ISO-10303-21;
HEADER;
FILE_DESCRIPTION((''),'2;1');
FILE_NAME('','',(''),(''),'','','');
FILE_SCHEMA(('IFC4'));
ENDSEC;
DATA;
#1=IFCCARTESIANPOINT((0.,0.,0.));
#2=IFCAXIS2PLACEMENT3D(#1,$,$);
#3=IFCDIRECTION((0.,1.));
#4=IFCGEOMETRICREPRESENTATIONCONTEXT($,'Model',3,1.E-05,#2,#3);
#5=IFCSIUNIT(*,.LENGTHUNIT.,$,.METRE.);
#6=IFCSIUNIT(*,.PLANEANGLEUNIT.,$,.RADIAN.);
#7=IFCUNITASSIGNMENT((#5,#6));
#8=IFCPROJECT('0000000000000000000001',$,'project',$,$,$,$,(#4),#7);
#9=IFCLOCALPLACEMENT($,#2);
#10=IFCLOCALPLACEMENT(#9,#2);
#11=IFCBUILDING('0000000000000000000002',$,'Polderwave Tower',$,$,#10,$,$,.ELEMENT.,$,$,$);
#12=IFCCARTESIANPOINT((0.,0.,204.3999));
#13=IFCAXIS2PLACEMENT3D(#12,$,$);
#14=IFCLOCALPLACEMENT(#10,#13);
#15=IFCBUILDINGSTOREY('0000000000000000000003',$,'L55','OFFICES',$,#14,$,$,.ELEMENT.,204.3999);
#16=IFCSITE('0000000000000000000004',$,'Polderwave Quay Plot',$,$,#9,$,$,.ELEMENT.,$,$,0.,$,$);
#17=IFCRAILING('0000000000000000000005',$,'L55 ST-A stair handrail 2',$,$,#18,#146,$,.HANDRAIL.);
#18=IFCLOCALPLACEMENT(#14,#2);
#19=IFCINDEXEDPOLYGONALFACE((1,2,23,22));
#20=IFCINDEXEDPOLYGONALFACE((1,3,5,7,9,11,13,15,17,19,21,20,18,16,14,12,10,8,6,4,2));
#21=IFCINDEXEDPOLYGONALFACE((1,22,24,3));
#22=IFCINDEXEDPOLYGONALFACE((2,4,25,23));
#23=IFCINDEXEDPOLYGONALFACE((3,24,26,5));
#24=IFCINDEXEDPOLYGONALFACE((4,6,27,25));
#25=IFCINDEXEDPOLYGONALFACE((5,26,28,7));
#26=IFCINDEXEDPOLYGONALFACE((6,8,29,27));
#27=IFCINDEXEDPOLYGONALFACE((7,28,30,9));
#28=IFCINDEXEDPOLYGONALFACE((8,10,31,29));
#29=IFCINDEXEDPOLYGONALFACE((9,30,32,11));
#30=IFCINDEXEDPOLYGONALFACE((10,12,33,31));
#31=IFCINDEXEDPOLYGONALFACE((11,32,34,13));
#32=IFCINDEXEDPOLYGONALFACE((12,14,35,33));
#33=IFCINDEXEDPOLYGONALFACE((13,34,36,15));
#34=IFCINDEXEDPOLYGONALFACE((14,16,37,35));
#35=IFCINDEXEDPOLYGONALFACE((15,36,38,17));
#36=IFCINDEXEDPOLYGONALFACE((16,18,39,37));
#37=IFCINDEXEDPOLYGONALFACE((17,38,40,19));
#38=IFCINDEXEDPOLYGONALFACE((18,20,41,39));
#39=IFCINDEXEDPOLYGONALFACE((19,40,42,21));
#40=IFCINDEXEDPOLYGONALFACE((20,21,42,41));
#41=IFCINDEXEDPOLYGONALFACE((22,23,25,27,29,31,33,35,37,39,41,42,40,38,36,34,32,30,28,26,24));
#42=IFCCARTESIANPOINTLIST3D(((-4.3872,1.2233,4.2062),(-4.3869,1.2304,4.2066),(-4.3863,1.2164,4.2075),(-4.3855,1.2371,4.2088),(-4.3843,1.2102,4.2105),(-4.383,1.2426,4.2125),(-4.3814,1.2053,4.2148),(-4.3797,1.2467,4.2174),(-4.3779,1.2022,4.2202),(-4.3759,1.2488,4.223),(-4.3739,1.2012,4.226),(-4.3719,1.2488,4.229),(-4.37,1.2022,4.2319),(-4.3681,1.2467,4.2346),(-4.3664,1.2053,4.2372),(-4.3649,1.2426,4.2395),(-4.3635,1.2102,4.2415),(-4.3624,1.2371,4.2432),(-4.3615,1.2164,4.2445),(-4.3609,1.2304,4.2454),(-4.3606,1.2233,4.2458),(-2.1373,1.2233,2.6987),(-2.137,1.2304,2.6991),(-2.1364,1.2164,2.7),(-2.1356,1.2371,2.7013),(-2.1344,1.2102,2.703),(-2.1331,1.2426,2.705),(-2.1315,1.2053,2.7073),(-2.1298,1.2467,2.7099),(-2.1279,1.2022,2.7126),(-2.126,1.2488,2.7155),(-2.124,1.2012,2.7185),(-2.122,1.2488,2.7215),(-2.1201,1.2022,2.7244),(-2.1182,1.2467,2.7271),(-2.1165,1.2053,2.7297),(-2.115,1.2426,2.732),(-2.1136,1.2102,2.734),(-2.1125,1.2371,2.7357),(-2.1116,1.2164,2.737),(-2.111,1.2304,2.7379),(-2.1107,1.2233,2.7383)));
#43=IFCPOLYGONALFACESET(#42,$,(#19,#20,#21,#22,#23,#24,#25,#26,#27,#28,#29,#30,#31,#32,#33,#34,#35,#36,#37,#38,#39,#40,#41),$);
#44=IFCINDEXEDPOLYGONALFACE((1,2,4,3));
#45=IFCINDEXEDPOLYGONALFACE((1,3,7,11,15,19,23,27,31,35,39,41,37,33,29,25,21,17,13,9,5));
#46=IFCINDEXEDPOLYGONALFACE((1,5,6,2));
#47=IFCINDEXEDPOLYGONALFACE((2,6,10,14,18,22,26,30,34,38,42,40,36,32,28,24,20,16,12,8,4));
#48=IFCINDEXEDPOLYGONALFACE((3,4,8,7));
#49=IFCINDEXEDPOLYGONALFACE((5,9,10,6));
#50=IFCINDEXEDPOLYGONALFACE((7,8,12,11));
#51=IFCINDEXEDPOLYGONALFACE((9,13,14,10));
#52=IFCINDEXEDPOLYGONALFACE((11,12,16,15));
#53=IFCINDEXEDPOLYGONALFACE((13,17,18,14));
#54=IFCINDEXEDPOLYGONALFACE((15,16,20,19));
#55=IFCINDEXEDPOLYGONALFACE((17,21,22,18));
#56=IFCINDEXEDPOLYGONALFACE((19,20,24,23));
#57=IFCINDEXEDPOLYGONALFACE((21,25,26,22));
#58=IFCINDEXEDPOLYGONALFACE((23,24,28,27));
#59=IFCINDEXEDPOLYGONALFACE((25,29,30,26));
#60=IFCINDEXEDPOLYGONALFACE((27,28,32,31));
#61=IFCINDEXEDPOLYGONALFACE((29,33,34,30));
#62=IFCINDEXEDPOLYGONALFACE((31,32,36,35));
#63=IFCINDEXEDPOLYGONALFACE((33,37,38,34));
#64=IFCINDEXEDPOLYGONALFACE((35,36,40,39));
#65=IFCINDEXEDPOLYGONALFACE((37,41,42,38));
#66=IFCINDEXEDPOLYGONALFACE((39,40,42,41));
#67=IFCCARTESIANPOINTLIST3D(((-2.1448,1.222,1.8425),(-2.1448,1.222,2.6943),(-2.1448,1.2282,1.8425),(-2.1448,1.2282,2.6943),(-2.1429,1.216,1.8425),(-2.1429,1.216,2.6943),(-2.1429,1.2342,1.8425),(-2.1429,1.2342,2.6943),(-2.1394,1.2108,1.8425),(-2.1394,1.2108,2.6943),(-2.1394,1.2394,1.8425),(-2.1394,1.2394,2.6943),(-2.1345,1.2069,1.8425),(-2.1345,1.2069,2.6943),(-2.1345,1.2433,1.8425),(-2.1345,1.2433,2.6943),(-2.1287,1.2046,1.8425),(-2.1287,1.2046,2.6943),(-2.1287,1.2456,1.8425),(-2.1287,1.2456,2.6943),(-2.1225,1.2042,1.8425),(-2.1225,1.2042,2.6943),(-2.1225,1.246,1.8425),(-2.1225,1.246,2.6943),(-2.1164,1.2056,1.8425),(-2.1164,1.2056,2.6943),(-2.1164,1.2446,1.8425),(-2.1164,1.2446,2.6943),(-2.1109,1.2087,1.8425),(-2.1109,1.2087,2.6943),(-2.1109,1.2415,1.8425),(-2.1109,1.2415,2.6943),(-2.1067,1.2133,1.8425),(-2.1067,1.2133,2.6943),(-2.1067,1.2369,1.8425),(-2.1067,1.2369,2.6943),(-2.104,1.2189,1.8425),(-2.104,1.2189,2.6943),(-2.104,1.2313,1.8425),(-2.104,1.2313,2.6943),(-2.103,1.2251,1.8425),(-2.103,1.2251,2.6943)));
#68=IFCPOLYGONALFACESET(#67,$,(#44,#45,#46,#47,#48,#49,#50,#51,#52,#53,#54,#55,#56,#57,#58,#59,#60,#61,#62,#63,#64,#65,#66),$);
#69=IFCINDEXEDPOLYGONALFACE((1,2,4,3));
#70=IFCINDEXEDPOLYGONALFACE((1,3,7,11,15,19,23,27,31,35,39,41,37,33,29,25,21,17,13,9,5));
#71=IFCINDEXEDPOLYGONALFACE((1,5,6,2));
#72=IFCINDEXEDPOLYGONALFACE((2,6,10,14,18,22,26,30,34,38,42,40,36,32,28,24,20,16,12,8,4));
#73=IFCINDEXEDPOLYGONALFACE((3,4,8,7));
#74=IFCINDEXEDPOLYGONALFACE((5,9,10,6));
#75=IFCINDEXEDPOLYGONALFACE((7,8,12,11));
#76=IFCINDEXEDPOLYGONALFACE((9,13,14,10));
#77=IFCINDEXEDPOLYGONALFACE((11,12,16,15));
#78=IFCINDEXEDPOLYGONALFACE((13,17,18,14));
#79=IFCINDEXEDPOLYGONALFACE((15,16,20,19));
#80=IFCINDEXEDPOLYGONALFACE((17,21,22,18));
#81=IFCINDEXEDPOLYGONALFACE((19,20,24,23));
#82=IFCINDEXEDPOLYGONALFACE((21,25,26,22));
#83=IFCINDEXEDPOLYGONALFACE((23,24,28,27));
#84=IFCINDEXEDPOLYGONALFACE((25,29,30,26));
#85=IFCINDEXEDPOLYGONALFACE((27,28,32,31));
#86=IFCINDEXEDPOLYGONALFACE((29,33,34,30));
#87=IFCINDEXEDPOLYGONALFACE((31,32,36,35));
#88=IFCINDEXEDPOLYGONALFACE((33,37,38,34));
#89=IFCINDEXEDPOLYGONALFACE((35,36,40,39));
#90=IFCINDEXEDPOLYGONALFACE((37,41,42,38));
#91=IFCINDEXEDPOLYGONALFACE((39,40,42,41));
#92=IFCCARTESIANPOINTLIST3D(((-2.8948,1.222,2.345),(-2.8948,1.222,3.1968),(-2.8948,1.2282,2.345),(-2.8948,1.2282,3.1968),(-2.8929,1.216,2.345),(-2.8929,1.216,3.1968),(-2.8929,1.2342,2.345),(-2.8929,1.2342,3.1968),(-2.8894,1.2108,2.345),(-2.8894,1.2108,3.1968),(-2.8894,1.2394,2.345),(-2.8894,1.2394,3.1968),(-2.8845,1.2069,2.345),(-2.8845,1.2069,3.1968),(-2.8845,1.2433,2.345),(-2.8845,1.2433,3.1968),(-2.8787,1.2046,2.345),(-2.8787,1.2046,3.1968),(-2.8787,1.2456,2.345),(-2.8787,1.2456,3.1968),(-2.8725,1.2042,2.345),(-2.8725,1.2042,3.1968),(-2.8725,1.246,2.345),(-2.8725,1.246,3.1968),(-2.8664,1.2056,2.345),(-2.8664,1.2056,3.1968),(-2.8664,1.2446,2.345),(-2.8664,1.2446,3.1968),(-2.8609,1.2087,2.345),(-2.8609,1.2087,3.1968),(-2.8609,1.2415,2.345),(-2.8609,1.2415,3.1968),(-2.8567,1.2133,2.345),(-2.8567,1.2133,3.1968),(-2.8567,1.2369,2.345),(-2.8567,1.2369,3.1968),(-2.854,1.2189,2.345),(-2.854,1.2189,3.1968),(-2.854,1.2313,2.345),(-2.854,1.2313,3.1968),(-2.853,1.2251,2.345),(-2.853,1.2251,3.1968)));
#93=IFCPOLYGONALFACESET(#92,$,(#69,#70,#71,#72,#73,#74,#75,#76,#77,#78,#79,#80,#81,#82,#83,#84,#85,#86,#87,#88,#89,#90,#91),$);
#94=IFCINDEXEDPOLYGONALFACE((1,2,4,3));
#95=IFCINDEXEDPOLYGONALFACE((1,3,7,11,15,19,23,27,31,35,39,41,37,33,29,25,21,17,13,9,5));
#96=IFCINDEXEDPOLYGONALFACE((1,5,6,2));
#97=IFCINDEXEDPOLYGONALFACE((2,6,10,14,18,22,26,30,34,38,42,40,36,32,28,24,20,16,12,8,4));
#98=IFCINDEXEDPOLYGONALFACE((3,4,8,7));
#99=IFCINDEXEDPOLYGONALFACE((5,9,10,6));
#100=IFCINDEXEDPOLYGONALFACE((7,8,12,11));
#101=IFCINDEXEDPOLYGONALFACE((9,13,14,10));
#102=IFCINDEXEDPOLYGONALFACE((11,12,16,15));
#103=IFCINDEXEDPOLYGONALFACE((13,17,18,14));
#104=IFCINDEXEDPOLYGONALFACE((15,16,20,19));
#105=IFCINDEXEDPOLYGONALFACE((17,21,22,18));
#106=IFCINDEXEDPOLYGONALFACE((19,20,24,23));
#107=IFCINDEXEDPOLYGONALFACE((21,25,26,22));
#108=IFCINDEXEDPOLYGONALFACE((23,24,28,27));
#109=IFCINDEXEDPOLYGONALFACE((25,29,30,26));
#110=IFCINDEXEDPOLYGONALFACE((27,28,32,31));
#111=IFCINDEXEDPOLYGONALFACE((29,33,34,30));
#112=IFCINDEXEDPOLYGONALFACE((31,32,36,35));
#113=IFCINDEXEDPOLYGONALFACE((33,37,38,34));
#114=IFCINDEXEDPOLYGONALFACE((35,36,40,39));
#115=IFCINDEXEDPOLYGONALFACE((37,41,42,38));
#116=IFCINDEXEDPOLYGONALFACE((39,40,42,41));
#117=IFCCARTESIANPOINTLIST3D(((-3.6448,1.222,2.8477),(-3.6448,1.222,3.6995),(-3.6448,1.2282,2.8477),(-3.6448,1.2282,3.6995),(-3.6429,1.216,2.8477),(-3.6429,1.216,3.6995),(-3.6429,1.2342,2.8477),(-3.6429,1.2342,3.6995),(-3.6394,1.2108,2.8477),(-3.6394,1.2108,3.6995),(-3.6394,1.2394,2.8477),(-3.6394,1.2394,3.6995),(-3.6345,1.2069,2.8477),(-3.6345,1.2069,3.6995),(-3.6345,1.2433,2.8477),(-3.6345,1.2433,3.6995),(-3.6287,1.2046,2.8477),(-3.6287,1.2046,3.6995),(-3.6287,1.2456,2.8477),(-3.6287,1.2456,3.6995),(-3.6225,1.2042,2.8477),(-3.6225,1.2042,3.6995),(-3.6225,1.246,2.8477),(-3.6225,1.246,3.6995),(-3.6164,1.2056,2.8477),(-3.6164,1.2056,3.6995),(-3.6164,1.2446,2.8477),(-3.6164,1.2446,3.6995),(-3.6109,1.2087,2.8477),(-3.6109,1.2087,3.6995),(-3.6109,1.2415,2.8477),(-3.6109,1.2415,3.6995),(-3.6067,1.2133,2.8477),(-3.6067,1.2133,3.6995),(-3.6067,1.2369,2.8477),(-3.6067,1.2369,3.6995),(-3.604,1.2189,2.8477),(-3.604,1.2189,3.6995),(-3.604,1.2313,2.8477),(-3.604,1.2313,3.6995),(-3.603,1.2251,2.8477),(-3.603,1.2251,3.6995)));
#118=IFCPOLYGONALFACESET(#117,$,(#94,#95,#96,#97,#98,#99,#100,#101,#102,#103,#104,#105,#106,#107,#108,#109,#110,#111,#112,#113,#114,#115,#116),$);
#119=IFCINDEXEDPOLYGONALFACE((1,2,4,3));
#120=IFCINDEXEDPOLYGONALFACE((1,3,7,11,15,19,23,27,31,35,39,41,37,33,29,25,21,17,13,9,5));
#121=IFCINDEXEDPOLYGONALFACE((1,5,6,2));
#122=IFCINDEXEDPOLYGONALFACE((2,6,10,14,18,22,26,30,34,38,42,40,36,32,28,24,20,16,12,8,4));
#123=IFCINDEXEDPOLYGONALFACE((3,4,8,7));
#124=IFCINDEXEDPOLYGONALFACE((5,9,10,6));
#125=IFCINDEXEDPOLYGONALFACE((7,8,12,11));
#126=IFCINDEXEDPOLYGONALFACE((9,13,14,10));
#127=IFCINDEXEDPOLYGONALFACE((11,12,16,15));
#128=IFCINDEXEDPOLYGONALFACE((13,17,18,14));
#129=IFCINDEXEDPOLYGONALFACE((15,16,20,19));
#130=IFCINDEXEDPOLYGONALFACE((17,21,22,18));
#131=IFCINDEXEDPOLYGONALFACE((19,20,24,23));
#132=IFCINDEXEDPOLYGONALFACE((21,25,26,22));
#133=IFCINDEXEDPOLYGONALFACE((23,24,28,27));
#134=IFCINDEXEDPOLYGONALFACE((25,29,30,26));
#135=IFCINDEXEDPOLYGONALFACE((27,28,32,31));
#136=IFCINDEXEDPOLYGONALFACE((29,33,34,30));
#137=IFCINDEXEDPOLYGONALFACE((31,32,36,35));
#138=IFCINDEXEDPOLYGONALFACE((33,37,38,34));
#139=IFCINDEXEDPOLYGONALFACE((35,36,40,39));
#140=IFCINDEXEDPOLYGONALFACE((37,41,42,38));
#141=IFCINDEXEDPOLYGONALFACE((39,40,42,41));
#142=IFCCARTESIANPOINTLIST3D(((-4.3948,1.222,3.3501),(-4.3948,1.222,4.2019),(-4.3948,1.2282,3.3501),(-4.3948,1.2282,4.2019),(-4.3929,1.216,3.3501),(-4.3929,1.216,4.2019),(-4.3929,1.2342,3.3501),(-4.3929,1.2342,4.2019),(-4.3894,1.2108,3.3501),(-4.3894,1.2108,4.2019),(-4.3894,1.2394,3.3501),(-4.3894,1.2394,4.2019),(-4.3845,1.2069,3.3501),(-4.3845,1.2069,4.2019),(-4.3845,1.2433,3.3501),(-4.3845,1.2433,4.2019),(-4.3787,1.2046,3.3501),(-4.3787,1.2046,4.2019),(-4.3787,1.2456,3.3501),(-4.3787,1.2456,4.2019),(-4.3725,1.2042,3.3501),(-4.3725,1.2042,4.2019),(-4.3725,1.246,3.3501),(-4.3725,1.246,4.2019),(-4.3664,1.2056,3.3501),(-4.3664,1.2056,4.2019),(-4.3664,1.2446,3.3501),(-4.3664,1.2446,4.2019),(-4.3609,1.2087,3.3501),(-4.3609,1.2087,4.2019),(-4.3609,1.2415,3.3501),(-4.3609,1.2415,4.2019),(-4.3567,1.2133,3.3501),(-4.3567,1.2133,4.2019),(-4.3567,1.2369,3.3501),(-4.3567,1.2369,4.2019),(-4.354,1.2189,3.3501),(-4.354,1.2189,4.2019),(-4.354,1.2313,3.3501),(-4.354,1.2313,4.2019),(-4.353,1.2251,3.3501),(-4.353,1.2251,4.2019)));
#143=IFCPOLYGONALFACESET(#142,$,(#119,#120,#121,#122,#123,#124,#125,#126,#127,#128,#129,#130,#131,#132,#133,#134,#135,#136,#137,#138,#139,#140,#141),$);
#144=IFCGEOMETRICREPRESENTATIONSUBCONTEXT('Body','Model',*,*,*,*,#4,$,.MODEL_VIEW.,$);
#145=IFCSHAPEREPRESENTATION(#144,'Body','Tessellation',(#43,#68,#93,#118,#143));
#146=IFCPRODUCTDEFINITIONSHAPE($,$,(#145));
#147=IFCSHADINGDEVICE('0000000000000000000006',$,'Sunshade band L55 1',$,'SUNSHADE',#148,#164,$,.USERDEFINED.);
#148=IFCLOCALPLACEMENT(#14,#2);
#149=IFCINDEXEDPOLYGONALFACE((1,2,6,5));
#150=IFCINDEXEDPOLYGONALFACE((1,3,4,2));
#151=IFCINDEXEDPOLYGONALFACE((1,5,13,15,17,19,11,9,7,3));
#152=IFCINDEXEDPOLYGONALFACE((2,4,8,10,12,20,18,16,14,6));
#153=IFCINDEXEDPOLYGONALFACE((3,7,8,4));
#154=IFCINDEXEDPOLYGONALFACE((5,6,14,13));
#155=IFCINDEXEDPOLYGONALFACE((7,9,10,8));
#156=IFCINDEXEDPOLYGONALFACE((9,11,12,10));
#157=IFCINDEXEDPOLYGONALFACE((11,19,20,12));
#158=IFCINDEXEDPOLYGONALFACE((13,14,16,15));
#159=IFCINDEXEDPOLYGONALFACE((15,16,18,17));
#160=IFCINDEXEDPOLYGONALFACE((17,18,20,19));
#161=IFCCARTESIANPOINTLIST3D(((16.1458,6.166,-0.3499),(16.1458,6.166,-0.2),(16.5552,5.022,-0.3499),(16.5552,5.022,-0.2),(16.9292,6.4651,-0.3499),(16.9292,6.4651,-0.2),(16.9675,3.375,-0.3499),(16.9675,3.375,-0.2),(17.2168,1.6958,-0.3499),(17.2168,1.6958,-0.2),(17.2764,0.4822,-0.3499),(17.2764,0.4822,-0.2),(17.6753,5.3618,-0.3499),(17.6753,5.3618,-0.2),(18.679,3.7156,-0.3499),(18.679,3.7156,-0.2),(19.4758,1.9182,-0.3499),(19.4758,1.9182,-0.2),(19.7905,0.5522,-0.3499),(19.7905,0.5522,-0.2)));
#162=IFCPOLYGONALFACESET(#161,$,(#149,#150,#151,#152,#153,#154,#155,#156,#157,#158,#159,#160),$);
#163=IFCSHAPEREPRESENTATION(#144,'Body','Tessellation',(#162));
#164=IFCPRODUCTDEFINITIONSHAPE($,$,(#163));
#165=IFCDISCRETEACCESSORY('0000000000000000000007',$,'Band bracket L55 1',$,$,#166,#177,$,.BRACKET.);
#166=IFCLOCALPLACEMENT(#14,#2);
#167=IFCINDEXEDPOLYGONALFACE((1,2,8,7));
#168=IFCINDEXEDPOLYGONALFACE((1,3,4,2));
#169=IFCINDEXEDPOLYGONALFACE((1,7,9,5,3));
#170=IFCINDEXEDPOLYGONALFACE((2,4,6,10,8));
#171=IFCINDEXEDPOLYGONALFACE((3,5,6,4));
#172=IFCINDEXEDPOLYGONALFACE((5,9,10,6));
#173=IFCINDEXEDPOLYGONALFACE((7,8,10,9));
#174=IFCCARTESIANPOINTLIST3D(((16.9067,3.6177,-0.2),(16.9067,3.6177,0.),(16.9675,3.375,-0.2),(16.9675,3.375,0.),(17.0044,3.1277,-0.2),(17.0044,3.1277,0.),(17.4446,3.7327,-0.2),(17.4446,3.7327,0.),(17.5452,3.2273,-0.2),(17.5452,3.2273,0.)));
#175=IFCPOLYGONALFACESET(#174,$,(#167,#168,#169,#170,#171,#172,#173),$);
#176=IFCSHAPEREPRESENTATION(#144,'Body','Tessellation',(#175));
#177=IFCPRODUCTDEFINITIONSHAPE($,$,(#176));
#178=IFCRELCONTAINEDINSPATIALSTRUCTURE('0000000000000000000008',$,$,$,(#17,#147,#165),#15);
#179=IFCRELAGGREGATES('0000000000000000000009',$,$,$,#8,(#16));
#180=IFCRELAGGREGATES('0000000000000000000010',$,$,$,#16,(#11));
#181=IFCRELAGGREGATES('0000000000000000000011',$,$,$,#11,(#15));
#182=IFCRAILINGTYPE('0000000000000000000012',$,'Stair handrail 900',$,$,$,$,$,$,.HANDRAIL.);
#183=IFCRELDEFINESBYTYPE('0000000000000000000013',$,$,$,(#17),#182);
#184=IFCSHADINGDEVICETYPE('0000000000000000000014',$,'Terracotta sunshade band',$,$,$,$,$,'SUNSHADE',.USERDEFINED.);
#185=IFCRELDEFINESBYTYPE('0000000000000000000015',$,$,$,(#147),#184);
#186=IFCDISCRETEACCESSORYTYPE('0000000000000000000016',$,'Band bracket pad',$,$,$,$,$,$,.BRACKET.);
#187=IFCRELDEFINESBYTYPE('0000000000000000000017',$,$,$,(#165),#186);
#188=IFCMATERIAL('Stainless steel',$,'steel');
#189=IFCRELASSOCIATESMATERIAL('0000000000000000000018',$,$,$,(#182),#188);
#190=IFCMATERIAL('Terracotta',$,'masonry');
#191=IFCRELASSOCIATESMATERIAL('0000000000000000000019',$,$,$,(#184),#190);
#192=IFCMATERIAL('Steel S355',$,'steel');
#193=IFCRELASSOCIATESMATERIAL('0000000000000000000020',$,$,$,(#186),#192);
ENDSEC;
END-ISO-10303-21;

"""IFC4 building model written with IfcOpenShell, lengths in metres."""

from ifc_helpers import new_model, si_unit, direction, frame, origin, origin_2d, place, context, subcontext, project, spatial, polyline, circle, outline, extrude, material, type_object, element, save


model = new_model("IFC4")

# Units and contexts
model_context = context("Model", 3, precision=1e-05, world=origin(), true_north=direction((0.0, 1.0)))
body_context = subcontext(model_context, "Body", "Model", "MODEL_VIEW")
ifc_project = project(units=[si_unit("LENGTHUNIT", "METRE"), si_unit("PLANEANGLEUNIT", "RADIAN")], contexts=[model_context])

# Site, building, storey
site_placement = place(None, origin())
site = spatial("IfcSite", under=ifc_project, at=site_placement, Name="Polderwave Quay Plot", CompositionType="ELEMENT", RefElevation=0.0)
building_placement = place(site_placement, origin())
building = spatial("IfcBuilding", under=site, at=building_placement, Name="Polderwave Tower", CompositionType="ELEMENT")
storey_placement = place(building_placement, frame((0.0, 0.0, 204.3999)))
storey = spatial("IfcBuildingStorey", under=building, at=storey_placement, Name="L55", Description="OFFICES", CompositionType="ELEMENT", Elevation=204.3999)

# Shared definitions
ifc_material_1 = material(Name="Stainless steel", Category="steel")

# Railing
railing_type_1 = type_object("IfcRailingType", Name="Stair handrail 900", PredefinedType="HANDRAIL", material=ifc_material_1)
railing_1_placement = place(storey_placement, frame((-2.124, 1.2251, 1.8425)))
element("IfcRailing", 1, at=railing_1_placement, inside=storey, type_object=railing_type_1, Name="L55 ST-A stair handrail 2", PredefinedType="HANDRAIL", context=body_context, shape_type="SweptSolid", body=[
    extrude(circle(Radius=0.0239, at=origin_2d()), frame((0.0, 0.0, 0.876), z_axis=(-0.830758, 0.0, 0.556633), x_axis=(0.0, -1.0, 0.0)), (0.0, 0.0, 1.0), 2.7083),
    extrude(circle(Radius=0.021, at=origin_2d()), origin(), (0.0, 0.0, 1.0), 0.8518),
    extrude(circle(Radius=0.021, at=origin_2d()), frame((-0.75, 0.0, 0.5024)), (0.0, 0.0, 1.0), 0.8518),
    extrude(circle(Radius=0.021, at=origin_2d()), frame((-1.5, 0.0, 1.0051)), (0.0, 0.0, 1.0), 0.8518),
    extrude(circle(Radius=0.021, at=origin_2d()), frame((-2.25, 0.0, 1.5076)), (0.0, 0.0, 1.0), 0.8518),
])

# Shading device
ifc_material_2 = material(Name="Terracotta", Category="masonry")
shading_device_type = type_object("IfcShadingDeviceType", Name="Terracotta sunshade band", ElementType="SUNSHADE", PredefinedType="USERDEFINED", material=ifc_material_2)
shading_device_placement = place(storey_placement, frame((0.0, 0.0, -0.3499)))
element("IfcShadingDevice", 2, at=shading_device_placement, inside=storey, type_object=shading_device_type, Name="Sunshade band L55 1", ObjectType="SUNSHADE", PredefinedType="USERDEFINED", context=body_context, shape_type="SweptSolid", body=[
    extrude(outline(polyline([(17.2764, 0.4822), (17.2168, 1.6958), (16.9675, 3.375), (16.5552, 5.022), (16.1458, 6.166), (16.9292, 6.4651), (17.6753, 5.3618), (18.679, 3.7156), (19.4758, 1.9182), (19.7905, 0.5522), (17.2764, 0.4822)])), origin(), (0.0, 0.0, 1.0), 0.1499),
])

# Discrete accessory
ifc_material_3 = material(Name="Steel S355", Category="steel")
discrete_accessory_type = type_object("IfcDiscreteAccessoryType", Name="Band bracket pad", PredefinedType="BRACKET", material=ifc_material_3)
discrete_accessory_placement = place(storey_placement, frame((0.0, 0.0, -0.2)))
element("IfcDiscreteAccessory", 3, at=discrete_accessory_placement, inside=storey, type_object=discrete_accessory_type, Name="Band bracket L55 1", PredefinedType="BRACKET", context=body_context, shape_type="SweptSolid", body=[
    extrude(outline(polyline([(17.0044, 3.1277), (16.9675, 3.375), (16.9067, 3.6177), (17.4446, 3.7327), (17.5452, 3.2273), (17.0044, 3.1277)])), origin(), (0.0, 0.0, 1.0), 0.2),
])

save(model, "model.ifc")
